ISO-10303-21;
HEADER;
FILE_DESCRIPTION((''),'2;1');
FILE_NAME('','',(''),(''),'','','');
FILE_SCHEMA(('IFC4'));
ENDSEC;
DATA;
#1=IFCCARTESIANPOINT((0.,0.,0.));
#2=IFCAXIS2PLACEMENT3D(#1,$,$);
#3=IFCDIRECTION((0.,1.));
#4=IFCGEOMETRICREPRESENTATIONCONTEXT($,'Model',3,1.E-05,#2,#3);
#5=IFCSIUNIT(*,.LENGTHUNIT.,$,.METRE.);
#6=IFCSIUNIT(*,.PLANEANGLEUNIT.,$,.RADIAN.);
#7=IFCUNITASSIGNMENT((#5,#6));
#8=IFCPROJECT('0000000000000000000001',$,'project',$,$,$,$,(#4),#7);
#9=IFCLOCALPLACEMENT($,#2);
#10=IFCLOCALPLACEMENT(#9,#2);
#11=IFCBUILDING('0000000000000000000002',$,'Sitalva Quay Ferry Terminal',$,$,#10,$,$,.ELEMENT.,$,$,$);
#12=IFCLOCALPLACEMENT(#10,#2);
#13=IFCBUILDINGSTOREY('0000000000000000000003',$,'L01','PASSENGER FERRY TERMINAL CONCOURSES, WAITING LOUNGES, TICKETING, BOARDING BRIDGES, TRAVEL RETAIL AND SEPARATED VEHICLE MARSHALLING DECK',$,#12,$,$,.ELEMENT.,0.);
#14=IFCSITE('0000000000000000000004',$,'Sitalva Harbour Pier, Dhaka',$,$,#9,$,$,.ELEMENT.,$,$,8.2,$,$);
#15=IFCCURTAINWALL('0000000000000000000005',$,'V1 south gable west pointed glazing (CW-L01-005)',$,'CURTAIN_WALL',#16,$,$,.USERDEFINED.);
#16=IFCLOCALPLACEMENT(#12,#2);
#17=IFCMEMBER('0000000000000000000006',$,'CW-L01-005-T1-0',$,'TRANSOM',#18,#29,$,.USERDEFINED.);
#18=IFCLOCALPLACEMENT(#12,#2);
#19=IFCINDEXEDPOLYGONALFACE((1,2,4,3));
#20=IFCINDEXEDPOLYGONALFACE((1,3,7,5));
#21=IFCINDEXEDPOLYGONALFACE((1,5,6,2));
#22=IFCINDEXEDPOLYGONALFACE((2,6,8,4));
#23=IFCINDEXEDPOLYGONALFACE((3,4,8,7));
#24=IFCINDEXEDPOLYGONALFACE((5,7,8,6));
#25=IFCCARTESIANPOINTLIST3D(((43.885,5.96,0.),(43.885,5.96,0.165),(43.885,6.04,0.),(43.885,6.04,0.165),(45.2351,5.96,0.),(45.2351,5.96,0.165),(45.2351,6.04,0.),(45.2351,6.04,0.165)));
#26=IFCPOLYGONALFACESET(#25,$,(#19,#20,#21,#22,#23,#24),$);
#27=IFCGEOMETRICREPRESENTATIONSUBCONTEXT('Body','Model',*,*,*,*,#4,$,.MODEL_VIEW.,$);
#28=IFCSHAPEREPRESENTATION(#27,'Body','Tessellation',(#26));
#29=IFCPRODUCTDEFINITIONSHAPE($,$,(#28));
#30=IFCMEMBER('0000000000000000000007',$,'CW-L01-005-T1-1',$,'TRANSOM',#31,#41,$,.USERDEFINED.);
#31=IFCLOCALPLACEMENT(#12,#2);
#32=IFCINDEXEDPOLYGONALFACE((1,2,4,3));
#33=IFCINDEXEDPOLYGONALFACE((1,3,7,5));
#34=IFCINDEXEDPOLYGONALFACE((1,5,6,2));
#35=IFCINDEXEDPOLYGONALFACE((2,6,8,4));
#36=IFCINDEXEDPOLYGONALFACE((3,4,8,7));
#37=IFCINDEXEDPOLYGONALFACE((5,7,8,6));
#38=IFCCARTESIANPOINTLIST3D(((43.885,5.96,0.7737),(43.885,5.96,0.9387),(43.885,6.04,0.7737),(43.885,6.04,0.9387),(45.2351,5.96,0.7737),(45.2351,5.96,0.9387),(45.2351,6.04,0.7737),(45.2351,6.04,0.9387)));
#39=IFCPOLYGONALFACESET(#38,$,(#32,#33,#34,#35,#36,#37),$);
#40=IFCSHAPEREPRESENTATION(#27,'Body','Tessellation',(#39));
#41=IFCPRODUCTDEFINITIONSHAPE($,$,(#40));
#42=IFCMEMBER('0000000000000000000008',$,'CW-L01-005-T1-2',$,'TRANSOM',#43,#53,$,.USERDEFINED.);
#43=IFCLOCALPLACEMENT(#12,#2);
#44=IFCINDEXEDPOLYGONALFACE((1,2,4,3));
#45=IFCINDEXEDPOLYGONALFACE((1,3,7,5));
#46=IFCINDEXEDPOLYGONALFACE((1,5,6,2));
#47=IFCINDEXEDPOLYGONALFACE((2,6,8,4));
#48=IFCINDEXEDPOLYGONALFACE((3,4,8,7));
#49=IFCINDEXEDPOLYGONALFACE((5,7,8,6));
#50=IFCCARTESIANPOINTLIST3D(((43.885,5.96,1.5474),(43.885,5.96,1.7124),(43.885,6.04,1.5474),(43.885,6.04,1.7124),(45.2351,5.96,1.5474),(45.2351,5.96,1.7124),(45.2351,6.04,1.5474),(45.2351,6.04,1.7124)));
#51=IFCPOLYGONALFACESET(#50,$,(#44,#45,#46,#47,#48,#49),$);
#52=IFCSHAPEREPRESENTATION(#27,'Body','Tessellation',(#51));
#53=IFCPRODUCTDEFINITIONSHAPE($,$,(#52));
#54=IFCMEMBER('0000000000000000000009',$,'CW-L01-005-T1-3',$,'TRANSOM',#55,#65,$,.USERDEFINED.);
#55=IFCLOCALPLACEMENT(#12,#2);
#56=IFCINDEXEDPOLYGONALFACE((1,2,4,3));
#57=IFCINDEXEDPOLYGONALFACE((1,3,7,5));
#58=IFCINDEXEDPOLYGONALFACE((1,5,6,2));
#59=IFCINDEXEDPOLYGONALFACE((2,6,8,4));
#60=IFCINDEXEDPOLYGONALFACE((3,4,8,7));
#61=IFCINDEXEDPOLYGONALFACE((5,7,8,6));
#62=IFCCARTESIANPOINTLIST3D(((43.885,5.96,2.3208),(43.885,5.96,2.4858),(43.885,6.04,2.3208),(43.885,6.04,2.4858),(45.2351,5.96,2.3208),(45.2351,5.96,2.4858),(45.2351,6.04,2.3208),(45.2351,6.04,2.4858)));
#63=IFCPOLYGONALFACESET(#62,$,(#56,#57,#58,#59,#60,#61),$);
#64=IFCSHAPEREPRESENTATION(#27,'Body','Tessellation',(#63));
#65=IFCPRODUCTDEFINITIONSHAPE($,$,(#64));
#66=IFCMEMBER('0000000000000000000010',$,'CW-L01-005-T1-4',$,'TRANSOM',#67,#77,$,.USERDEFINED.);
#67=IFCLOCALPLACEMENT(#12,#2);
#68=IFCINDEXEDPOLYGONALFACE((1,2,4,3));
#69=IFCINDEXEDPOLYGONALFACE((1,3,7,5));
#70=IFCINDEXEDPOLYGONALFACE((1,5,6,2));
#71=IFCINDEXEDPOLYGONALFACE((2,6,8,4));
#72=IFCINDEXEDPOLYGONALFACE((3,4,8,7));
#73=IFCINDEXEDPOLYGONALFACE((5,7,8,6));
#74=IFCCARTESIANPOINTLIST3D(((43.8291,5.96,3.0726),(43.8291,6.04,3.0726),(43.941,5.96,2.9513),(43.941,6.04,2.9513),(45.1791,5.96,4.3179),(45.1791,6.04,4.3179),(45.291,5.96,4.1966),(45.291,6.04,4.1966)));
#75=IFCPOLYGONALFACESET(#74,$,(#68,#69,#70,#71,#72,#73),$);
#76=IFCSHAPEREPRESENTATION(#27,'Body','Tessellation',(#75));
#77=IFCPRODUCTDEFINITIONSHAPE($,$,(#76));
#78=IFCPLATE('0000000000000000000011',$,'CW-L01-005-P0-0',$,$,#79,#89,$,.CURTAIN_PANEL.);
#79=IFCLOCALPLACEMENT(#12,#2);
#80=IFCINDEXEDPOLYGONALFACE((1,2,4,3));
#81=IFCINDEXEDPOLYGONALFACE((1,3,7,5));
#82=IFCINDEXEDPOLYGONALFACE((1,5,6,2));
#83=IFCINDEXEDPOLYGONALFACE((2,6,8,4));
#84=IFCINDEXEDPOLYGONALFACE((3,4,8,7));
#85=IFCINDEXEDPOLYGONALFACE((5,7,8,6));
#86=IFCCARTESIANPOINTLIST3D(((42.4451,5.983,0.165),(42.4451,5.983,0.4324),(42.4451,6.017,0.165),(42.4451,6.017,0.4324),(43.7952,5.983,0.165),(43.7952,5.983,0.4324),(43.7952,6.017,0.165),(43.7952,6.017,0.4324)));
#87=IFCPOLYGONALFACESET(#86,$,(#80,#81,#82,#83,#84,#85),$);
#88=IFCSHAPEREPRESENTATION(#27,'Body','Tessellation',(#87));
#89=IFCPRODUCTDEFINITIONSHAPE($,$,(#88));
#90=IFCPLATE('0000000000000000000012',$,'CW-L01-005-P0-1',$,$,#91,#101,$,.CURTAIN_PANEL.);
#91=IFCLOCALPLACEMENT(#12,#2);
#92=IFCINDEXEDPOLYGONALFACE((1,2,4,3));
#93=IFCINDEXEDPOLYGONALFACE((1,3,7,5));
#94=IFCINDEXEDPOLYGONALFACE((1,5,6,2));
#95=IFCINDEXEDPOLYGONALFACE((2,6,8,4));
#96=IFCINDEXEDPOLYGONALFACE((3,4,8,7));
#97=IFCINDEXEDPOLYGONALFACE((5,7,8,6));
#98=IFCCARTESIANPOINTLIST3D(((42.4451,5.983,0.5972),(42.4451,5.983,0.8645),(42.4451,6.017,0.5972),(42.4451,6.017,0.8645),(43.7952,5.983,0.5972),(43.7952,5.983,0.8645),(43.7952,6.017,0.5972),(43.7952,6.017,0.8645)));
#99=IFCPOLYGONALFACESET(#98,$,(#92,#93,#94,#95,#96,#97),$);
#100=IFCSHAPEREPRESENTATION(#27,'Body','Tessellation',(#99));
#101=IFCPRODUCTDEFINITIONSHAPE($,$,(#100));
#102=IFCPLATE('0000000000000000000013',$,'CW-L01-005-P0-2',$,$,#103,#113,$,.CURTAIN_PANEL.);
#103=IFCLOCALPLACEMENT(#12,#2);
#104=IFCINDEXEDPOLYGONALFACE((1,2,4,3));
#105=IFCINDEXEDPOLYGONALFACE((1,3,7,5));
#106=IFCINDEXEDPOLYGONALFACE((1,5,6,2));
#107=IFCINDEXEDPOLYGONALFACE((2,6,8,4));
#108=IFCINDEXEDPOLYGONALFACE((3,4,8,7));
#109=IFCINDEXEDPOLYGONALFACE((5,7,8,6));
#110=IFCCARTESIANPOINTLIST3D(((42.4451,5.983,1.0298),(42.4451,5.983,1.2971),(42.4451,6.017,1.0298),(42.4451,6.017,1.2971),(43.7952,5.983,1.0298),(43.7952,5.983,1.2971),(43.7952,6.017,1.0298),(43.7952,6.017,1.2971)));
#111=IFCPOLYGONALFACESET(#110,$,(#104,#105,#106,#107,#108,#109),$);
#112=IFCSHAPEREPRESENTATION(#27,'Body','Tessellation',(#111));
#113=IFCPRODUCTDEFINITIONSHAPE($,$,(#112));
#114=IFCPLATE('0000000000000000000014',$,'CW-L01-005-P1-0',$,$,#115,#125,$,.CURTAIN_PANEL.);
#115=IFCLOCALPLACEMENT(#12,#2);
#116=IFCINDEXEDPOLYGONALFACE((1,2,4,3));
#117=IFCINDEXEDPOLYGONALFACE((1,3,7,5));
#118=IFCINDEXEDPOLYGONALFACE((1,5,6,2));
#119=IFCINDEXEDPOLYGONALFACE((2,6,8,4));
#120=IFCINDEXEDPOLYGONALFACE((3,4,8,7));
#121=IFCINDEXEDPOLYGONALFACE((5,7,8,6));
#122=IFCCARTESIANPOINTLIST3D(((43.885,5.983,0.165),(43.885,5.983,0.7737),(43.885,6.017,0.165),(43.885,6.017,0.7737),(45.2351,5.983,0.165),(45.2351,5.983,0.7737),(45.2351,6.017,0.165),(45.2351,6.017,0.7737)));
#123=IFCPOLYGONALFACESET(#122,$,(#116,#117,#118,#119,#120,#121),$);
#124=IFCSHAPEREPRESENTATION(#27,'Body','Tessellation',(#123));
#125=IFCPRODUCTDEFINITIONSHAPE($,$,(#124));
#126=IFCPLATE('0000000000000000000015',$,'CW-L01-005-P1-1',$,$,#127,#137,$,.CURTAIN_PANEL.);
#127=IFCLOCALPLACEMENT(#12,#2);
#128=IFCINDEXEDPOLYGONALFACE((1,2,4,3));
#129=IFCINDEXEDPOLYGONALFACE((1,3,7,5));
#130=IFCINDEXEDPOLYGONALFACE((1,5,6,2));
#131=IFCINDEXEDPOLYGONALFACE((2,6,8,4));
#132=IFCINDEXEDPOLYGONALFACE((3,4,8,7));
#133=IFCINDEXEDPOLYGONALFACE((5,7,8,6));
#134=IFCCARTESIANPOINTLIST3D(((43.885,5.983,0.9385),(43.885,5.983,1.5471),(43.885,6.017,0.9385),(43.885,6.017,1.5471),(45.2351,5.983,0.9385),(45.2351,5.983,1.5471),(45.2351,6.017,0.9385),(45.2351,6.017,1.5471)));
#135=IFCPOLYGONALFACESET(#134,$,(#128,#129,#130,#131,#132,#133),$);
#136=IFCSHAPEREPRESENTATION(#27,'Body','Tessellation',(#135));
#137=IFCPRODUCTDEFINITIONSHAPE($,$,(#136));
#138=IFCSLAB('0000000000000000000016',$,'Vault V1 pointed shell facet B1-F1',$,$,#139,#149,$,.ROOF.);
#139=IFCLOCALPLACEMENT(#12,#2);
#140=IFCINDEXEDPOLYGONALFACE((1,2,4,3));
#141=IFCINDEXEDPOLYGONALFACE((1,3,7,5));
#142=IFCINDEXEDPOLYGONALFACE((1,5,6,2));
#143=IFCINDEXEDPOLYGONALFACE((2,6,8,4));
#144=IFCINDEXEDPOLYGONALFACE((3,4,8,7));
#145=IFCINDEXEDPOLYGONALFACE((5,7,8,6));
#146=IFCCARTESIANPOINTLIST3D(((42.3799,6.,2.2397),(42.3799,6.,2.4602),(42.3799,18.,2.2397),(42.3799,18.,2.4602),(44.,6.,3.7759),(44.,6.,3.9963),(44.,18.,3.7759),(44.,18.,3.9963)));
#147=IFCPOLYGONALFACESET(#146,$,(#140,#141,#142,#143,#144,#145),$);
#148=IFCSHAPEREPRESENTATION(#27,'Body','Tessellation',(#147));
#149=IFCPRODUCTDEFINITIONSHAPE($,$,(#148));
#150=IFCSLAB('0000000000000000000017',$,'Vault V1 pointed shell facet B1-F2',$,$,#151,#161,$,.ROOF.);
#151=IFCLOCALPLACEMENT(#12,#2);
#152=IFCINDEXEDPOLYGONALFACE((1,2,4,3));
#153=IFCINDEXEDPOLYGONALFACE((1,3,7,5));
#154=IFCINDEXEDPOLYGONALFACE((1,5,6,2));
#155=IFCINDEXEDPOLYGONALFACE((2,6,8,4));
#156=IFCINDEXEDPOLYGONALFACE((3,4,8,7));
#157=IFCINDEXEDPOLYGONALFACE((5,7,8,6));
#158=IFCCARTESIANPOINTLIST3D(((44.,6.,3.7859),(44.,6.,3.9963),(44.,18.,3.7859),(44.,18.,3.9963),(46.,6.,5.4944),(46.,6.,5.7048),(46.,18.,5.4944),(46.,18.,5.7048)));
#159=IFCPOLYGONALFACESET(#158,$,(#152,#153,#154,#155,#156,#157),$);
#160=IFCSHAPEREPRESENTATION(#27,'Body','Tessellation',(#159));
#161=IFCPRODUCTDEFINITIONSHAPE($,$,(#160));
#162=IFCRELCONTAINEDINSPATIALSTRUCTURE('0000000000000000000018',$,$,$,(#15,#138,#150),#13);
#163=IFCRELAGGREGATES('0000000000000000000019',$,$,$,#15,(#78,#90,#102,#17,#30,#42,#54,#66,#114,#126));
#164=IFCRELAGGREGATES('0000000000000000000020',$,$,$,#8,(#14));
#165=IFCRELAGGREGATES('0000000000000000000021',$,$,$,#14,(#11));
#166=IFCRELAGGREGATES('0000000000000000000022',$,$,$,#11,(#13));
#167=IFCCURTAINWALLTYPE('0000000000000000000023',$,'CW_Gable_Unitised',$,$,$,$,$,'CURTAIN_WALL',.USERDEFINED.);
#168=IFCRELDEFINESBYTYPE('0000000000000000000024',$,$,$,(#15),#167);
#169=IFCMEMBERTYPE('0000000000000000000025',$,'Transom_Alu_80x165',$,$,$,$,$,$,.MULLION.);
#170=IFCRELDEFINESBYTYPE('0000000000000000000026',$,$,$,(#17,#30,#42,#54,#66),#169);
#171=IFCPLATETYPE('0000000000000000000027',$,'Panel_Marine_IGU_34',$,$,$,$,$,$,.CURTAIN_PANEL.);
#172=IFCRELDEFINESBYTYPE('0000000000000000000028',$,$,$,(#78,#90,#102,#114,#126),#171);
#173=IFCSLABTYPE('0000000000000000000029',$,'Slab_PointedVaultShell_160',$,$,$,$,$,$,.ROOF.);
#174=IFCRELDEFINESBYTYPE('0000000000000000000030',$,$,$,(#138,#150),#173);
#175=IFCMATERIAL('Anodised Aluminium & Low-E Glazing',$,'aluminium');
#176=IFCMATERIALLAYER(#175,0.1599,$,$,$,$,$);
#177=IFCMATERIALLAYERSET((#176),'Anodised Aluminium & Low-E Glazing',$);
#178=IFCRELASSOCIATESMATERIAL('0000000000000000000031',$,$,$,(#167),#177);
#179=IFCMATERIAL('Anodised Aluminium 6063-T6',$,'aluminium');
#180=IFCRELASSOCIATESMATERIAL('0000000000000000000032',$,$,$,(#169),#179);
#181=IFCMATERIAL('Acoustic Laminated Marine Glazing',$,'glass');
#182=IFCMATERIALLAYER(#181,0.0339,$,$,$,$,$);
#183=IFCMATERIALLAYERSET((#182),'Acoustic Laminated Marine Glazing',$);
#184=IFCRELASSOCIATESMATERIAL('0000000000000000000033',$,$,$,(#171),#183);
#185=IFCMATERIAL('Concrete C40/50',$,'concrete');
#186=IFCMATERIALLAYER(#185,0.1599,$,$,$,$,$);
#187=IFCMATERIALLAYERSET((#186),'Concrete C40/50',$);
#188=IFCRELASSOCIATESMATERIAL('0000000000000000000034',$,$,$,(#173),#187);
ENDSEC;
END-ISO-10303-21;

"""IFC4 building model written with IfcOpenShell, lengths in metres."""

from ifc_helpers import new_model, si_unit, direction, frame, origin, origin_2d, place, context, subcontext, project, spatial, polyline, rectangle, outline, extrude, material, layer, layer_set, material_profile, profile_set, type_object, element, aggregate, save


model = new_model("IFC4")

# Units and contexts
model_context = context("Model", 3, precision=1e-05, world=origin(), true_north=direction((0.0, 1.0)))
body_context = subcontext(model_context, "Body", "Model", "MODEL_VIEW")
ifc_project = project(units=[si_unit("LENGTHUNIT", "METRE"), si_unit("PLANEANGLEUNIT", "RADIAN")], contexts=[model_context])

# Site, building, storey
site_placement = place(None, origin())
site = spatial("IfcSite", under=ifc_project, at=site_placement, Name="Sitalva Harbour Pier, Dhaka", CompositionType="ELEMENT", RefElevation=8.2)
building_placement = place(site_placement, origin())
building = spatial("IfcBuilding", under=site, at=building_placement, Name="Sitalva Quay Ferry Terminal", CompositionType="ELEMENT")
storey_placement = place(building_placement, origin())
storey = spatial("IfcBuildingStorey", under=building, at=storey_placement, Name="L01", Description="PASSENGER FERRY TERMINAL CONCOURSES, WAITING LOUNGES, TICKETING, BOARDING BRIDGES, TRAVEL RETAIL AND SEPARATED VEHICLE MARSHALLING DECK", CompositionType="ELEMENT", Elevation=0.0)

# Curtain wall, members, plates
ifc_material_1 = material(Name="Anodised Aluminium & Low-E Glazing", Category="aluminium")
ifc_layer_1 = layer(ifc_material_1, 0.1599)
ifc_layer_set_1 = layer_set([ifc_layer_1], Name="Anodised Aluminium & Low-E Glazing")
curtain_wall_type = type_object("IfcCurtainWallType", Name="CW_Gable_Unitised", ElementType="CURTAIN_WALL", PredefinedType="USERDEFINED", material=ifc_layer_set_1)
curtain_wall_placement = place(storey_placement, origin())
curtain_wall = element("IfcCurtainWall", 1, at=curtain_wall_placement, inside=storey, type_object=curtain_wall_type, Name="V1 south gable west pointed glazing (CW-L01-005)", ObjectType="CURTAIN_WALL", PredefinedType="USERDEFINED")
ifc_material_2 = material(Name="Anodised Aluminium 6063-T6", Category="aluminium")
ifc_material_profile_1 = material_profile(ifc_material_2, rectangle(XDim=0.0801, YDim=0.165, at=origin_2d()), Name="ALU80x165")
ifc_profile_set_1 = profile_set([ifc_material_profile_1], Name="Anodised Aluminium 6063-T6")
member_type_1 = type_object("IfcMemberType", Name="Transom_Alu_80x165", PredefinedType="MULLION", material=ifc_profile_set_1)
member_1_placement = place(storey_placement, frame((43.885, 6.0, 0.0825), z_axis=(1.0, 0.0, 0.0), x_axis=(0.0, 1.0, 0.0)))
member_1 = element("IfcMember", 2, at=member_1_placement, type_object=member_type_1, Name="CW-L01-005-T1-0", ObjectType="TRANSOM", PredefinedType="USERDEFINED", context=body_context, shape_type="SweptSolid", body=[
    extrude(rectangle(XDim=0.0801, YDim=0.165, at=origin_2d()), origin(), (0.0, 0.0, 1.0), 1.3501),
])
member_2_placement = place(storey_placement, frame((43.885, 6.0, 0.8562), z_axis=(1.0, 0.0, 0.0), x_axis=(0.0, 1.0, 0.0)))
member_2 = element("IfcMember", 3, at=member_2_placement, type_object=member_type_1, Name="CW-L01-005-T1-1", ObjectType="TRANSOM", PredefinedType="USERDEFINED", context=body_context, shape_type="SweptSolid", body=[
    extrude(rectangle(XDim=0.0801, YDim=0.165, at=origin_2d()), origin(), (0.0, 0.0, 1.0), 1.3501),
])
member_3_placement = place(storey_placement, frame((43.885, 6.0, 1.6299), z_axis=(1.0, 0.0, 0.0), x_axis=(0.0, 1.0, 0.0)))
member_3 = element("IfcMember", 4, at=member_3_placement, type_object=member_type_1, Name="CW-L01-005-T1-2", ObjectType="TRANSOM", PredefinedType="USERDEFINED", context=body_context, shape_type="SweptSolid", body=[
    extrude(rectangle(XDim=0.0801, YDim=0.165, at=origin_2d()), origin(), (0.0, 0.0, 1.0), 1.3501),
])
member_4_placement = place(storey_placement, frame((43.885, 6.0, 2.4033), z_axis=(1.0, 0.0, 0.0), x_axis=(0.0, 1.0, 0.0)))
member_4 = element("IfcMember", 5, at=member_4_placement, type_object=member_type_1, Name="CW-L01-005-T1-3", ObjectType="TRANSOM", PredefinedType="USERDEFINED", context=body_context, shape_type="SweptSolid", body=[
    extrude(rectangle(XDim=0.0801, YDim=0.165, at=origin_2d()), origin(), (0.0, 0.0, 1.0), 1.3501),
])
member_5_placement = place(storey_placement, frame((43.885, 6.0, 3.012), z_axis=(0.735043, 0.0, 0.678021), x_axis=(0.0, 1.0, 0.0)))
member_5 = element("IfcMember", 6, at=member_5_placement, type_object=member_type_1, Name="CW-L01-005-T1-4", ObjectType="TRANSOM", PredefinedType="USERDEFINED", context=body_context, shape_type="SweptSolid", body=[
    extrude(rectangle(XDim=0.0801, YDim=0.165, at=origin_2d()), origin(), (0.0, 0.0, 1.0), 1.8367),
])
ifc_material_3 = material(Name="Acoustic Laminated Marine Glazing", Category="glass")
ifc_layer_2 = layer(ifc_material_3, 0.0339)
ifc_layer_set_2 = layer_set([ifc_layer_2], Name="Acoustic Laminated Marine Glazing")
plate_type = type_object("IfcPlateType", Name="Panel_Marine_IGU_34", PredefinedType="CURTAIN_PANEL", material=ifc_layer_set_2)
plate_1_placement = place(storey_placement, frame((43.1201, 6.0, 0.165), z_axis=(0.0, 0.0, 1.0), x_axis=(1.0, 0.0, 0.0)))
plate_1 = element("IfcPlate", 7, at=plate_1_placement, type_object=plate_type, Name="CW-L01-005-P0-0", PredefinedType="CURTAIN_PANEL", context=body_context, shape_type="SweptSolid", body=[
    extrude(rectangle(XDim=1.3501, YDim=0.0339, at=origin_2d()), origin(), (0.0, 0.0, 1.0), 0.2673),
])
plate_2_placement = place(storey_placement, frame((43.1201, 6.0, 0.5972), z_axis=(0.0, 0.0, 1.0), x_axis=(1.0, 0.0, 0.0)))
plate_2 = element("IfcPlate", 8, at=plate_2_placement, type_object=plate_type, Name="CW-L01-005-P0-1", PredefinedType="CURTAIN_PANEL", context=body_context, shape_type="SweptSolid", body=[
    extrude(rectangle(XDim=1.3501, YDim=0.0339, at=origin_2d()), origin(), (0.0, 0.0, 1.0), 0.2673),
])
plate_3_placement = place(storey_placement, frame((43.1201, 6.0, 1.0298), z_axis=(0.0, 0.0, 1.0), x_axis=(1.0, 0.0, 0.0)))
plate_3 = element("IfcPlate", 9, at=plate_3_placement, type_object=plate_type, Name="CW-L01-005-P0-2", PredefinedType="CURTAIN_PANEL", context=body_context, shape_type="SweptSolid", body=[
    extrude(rectangle(XDim=1.3501, YDim=0.0339, at=origin_2d()), origin(), (0.0, 0.0, 1.0), 0.2673),
])
plate_4_placement = place(storey_placement, frame((44.5601, 6.0, 0.165), z_axis=(0.0, 0.0, 1.0), x_axis=(1.0, 0.0, 0.0)))
plate_4 = element("IfcPlate", 10, at=plate_4_placement, type_object=plate_type, Name="CW-L01-005-P1-0", PredefinedType="CURTAIN_PANEL", context=body_context, shape_type="SweptSolid", body=[
    extrude(rectangle(XDim=1.3501, YDim=0.0339, at=origin_2d()), origin(), (0.0, 0.0, 1.0), 0.6086),
])
plate_5_placement = place(storey_placement, frame((44.5601, 6.0, 0.9385), z_axis=(0.0, 0.0, 1.0), x_axis=(1.0, 0.0, 0.0)))
plate_5 = element("IfcPlate", 11, at=plate_5_placement, type_object=plate_type, Name="CW-L01-005-P1-1", PredefinedType="CURTAIN_PANEL", context=body_context, shape_type="SweptSolid", body=[
    extrude(rectangle(XDim=1.3501, YDim=0.0339, at=origin_2d()), origin(), (0.0, 0.0, 1.0), 0.6086),
])
aggregate(curtain_wall, [plate_1, plate_2, plate_3, member_1, member_2, member_3, member_4, member_5, plate_4, plate_5])

# Slabs
ifc_material_4 = material(Name="Concrete C40/50", Category="concrete")
ifc_layer_3 = layer(ifc_material_4, 0.1599)
ifc_layer_set_3 = layer_set([ifc_layer_3], Name="Concrete C40/50")
slab_type = type_object("IfcSlabType", Name="Slab_PointedVaultShell_160", PredefinedType="ROOF", material=ifc_layer_set_3)
slab_1_placement = place(storey_placement, frame((42.3799, 6.0, 2.4602), z_axis=(-0.688048, 0.0, 0.725665), x_axis=(0.725665, 0.0, 0.688048)))
element("IfcSlab", 12, at=slab_1_placement, inside=storey, type_object=slab_type, Name="Vault V1 pointed shell facet B1-F1", PredefinedType="ROOF", context=body_context, shape_type="SweptSolid", body=[
    extrude(outline(polyline([(0.0, 0.0), (2.2326, 0.0), (2.2326, 12.0), (0.0, 12.0), (0.0, 0.0)])), origin(), (-0.688048, 0.0, -0.725665), 0.2205),
])
slab_2_placement = place(storey_placement, frame((44.0, 6.0, 3.9963), z_axis=(-0.649522, 0.0, 0.760343), x_axis=(0.760343, 0.0, 0.649522)))
element("IfcSlab", 13, at=slab_2_placement, inside=storey, type_object=slab_type, Name="Vault V1 pointed shell facet B1-F2", PredefinedType="ROOF", context=body_context, shape_type="SweptSolid", body=[
    extrude(outline(polyline([(0.0, 0.0), (2.6304, 0.0), (2.6304, 12.0), (0.0, 12.0), (0.0, 0.0)])), origin(), (-0.649522, 0.0, -0.760343), 0.2104),
])

save(model, "model.ifc")
